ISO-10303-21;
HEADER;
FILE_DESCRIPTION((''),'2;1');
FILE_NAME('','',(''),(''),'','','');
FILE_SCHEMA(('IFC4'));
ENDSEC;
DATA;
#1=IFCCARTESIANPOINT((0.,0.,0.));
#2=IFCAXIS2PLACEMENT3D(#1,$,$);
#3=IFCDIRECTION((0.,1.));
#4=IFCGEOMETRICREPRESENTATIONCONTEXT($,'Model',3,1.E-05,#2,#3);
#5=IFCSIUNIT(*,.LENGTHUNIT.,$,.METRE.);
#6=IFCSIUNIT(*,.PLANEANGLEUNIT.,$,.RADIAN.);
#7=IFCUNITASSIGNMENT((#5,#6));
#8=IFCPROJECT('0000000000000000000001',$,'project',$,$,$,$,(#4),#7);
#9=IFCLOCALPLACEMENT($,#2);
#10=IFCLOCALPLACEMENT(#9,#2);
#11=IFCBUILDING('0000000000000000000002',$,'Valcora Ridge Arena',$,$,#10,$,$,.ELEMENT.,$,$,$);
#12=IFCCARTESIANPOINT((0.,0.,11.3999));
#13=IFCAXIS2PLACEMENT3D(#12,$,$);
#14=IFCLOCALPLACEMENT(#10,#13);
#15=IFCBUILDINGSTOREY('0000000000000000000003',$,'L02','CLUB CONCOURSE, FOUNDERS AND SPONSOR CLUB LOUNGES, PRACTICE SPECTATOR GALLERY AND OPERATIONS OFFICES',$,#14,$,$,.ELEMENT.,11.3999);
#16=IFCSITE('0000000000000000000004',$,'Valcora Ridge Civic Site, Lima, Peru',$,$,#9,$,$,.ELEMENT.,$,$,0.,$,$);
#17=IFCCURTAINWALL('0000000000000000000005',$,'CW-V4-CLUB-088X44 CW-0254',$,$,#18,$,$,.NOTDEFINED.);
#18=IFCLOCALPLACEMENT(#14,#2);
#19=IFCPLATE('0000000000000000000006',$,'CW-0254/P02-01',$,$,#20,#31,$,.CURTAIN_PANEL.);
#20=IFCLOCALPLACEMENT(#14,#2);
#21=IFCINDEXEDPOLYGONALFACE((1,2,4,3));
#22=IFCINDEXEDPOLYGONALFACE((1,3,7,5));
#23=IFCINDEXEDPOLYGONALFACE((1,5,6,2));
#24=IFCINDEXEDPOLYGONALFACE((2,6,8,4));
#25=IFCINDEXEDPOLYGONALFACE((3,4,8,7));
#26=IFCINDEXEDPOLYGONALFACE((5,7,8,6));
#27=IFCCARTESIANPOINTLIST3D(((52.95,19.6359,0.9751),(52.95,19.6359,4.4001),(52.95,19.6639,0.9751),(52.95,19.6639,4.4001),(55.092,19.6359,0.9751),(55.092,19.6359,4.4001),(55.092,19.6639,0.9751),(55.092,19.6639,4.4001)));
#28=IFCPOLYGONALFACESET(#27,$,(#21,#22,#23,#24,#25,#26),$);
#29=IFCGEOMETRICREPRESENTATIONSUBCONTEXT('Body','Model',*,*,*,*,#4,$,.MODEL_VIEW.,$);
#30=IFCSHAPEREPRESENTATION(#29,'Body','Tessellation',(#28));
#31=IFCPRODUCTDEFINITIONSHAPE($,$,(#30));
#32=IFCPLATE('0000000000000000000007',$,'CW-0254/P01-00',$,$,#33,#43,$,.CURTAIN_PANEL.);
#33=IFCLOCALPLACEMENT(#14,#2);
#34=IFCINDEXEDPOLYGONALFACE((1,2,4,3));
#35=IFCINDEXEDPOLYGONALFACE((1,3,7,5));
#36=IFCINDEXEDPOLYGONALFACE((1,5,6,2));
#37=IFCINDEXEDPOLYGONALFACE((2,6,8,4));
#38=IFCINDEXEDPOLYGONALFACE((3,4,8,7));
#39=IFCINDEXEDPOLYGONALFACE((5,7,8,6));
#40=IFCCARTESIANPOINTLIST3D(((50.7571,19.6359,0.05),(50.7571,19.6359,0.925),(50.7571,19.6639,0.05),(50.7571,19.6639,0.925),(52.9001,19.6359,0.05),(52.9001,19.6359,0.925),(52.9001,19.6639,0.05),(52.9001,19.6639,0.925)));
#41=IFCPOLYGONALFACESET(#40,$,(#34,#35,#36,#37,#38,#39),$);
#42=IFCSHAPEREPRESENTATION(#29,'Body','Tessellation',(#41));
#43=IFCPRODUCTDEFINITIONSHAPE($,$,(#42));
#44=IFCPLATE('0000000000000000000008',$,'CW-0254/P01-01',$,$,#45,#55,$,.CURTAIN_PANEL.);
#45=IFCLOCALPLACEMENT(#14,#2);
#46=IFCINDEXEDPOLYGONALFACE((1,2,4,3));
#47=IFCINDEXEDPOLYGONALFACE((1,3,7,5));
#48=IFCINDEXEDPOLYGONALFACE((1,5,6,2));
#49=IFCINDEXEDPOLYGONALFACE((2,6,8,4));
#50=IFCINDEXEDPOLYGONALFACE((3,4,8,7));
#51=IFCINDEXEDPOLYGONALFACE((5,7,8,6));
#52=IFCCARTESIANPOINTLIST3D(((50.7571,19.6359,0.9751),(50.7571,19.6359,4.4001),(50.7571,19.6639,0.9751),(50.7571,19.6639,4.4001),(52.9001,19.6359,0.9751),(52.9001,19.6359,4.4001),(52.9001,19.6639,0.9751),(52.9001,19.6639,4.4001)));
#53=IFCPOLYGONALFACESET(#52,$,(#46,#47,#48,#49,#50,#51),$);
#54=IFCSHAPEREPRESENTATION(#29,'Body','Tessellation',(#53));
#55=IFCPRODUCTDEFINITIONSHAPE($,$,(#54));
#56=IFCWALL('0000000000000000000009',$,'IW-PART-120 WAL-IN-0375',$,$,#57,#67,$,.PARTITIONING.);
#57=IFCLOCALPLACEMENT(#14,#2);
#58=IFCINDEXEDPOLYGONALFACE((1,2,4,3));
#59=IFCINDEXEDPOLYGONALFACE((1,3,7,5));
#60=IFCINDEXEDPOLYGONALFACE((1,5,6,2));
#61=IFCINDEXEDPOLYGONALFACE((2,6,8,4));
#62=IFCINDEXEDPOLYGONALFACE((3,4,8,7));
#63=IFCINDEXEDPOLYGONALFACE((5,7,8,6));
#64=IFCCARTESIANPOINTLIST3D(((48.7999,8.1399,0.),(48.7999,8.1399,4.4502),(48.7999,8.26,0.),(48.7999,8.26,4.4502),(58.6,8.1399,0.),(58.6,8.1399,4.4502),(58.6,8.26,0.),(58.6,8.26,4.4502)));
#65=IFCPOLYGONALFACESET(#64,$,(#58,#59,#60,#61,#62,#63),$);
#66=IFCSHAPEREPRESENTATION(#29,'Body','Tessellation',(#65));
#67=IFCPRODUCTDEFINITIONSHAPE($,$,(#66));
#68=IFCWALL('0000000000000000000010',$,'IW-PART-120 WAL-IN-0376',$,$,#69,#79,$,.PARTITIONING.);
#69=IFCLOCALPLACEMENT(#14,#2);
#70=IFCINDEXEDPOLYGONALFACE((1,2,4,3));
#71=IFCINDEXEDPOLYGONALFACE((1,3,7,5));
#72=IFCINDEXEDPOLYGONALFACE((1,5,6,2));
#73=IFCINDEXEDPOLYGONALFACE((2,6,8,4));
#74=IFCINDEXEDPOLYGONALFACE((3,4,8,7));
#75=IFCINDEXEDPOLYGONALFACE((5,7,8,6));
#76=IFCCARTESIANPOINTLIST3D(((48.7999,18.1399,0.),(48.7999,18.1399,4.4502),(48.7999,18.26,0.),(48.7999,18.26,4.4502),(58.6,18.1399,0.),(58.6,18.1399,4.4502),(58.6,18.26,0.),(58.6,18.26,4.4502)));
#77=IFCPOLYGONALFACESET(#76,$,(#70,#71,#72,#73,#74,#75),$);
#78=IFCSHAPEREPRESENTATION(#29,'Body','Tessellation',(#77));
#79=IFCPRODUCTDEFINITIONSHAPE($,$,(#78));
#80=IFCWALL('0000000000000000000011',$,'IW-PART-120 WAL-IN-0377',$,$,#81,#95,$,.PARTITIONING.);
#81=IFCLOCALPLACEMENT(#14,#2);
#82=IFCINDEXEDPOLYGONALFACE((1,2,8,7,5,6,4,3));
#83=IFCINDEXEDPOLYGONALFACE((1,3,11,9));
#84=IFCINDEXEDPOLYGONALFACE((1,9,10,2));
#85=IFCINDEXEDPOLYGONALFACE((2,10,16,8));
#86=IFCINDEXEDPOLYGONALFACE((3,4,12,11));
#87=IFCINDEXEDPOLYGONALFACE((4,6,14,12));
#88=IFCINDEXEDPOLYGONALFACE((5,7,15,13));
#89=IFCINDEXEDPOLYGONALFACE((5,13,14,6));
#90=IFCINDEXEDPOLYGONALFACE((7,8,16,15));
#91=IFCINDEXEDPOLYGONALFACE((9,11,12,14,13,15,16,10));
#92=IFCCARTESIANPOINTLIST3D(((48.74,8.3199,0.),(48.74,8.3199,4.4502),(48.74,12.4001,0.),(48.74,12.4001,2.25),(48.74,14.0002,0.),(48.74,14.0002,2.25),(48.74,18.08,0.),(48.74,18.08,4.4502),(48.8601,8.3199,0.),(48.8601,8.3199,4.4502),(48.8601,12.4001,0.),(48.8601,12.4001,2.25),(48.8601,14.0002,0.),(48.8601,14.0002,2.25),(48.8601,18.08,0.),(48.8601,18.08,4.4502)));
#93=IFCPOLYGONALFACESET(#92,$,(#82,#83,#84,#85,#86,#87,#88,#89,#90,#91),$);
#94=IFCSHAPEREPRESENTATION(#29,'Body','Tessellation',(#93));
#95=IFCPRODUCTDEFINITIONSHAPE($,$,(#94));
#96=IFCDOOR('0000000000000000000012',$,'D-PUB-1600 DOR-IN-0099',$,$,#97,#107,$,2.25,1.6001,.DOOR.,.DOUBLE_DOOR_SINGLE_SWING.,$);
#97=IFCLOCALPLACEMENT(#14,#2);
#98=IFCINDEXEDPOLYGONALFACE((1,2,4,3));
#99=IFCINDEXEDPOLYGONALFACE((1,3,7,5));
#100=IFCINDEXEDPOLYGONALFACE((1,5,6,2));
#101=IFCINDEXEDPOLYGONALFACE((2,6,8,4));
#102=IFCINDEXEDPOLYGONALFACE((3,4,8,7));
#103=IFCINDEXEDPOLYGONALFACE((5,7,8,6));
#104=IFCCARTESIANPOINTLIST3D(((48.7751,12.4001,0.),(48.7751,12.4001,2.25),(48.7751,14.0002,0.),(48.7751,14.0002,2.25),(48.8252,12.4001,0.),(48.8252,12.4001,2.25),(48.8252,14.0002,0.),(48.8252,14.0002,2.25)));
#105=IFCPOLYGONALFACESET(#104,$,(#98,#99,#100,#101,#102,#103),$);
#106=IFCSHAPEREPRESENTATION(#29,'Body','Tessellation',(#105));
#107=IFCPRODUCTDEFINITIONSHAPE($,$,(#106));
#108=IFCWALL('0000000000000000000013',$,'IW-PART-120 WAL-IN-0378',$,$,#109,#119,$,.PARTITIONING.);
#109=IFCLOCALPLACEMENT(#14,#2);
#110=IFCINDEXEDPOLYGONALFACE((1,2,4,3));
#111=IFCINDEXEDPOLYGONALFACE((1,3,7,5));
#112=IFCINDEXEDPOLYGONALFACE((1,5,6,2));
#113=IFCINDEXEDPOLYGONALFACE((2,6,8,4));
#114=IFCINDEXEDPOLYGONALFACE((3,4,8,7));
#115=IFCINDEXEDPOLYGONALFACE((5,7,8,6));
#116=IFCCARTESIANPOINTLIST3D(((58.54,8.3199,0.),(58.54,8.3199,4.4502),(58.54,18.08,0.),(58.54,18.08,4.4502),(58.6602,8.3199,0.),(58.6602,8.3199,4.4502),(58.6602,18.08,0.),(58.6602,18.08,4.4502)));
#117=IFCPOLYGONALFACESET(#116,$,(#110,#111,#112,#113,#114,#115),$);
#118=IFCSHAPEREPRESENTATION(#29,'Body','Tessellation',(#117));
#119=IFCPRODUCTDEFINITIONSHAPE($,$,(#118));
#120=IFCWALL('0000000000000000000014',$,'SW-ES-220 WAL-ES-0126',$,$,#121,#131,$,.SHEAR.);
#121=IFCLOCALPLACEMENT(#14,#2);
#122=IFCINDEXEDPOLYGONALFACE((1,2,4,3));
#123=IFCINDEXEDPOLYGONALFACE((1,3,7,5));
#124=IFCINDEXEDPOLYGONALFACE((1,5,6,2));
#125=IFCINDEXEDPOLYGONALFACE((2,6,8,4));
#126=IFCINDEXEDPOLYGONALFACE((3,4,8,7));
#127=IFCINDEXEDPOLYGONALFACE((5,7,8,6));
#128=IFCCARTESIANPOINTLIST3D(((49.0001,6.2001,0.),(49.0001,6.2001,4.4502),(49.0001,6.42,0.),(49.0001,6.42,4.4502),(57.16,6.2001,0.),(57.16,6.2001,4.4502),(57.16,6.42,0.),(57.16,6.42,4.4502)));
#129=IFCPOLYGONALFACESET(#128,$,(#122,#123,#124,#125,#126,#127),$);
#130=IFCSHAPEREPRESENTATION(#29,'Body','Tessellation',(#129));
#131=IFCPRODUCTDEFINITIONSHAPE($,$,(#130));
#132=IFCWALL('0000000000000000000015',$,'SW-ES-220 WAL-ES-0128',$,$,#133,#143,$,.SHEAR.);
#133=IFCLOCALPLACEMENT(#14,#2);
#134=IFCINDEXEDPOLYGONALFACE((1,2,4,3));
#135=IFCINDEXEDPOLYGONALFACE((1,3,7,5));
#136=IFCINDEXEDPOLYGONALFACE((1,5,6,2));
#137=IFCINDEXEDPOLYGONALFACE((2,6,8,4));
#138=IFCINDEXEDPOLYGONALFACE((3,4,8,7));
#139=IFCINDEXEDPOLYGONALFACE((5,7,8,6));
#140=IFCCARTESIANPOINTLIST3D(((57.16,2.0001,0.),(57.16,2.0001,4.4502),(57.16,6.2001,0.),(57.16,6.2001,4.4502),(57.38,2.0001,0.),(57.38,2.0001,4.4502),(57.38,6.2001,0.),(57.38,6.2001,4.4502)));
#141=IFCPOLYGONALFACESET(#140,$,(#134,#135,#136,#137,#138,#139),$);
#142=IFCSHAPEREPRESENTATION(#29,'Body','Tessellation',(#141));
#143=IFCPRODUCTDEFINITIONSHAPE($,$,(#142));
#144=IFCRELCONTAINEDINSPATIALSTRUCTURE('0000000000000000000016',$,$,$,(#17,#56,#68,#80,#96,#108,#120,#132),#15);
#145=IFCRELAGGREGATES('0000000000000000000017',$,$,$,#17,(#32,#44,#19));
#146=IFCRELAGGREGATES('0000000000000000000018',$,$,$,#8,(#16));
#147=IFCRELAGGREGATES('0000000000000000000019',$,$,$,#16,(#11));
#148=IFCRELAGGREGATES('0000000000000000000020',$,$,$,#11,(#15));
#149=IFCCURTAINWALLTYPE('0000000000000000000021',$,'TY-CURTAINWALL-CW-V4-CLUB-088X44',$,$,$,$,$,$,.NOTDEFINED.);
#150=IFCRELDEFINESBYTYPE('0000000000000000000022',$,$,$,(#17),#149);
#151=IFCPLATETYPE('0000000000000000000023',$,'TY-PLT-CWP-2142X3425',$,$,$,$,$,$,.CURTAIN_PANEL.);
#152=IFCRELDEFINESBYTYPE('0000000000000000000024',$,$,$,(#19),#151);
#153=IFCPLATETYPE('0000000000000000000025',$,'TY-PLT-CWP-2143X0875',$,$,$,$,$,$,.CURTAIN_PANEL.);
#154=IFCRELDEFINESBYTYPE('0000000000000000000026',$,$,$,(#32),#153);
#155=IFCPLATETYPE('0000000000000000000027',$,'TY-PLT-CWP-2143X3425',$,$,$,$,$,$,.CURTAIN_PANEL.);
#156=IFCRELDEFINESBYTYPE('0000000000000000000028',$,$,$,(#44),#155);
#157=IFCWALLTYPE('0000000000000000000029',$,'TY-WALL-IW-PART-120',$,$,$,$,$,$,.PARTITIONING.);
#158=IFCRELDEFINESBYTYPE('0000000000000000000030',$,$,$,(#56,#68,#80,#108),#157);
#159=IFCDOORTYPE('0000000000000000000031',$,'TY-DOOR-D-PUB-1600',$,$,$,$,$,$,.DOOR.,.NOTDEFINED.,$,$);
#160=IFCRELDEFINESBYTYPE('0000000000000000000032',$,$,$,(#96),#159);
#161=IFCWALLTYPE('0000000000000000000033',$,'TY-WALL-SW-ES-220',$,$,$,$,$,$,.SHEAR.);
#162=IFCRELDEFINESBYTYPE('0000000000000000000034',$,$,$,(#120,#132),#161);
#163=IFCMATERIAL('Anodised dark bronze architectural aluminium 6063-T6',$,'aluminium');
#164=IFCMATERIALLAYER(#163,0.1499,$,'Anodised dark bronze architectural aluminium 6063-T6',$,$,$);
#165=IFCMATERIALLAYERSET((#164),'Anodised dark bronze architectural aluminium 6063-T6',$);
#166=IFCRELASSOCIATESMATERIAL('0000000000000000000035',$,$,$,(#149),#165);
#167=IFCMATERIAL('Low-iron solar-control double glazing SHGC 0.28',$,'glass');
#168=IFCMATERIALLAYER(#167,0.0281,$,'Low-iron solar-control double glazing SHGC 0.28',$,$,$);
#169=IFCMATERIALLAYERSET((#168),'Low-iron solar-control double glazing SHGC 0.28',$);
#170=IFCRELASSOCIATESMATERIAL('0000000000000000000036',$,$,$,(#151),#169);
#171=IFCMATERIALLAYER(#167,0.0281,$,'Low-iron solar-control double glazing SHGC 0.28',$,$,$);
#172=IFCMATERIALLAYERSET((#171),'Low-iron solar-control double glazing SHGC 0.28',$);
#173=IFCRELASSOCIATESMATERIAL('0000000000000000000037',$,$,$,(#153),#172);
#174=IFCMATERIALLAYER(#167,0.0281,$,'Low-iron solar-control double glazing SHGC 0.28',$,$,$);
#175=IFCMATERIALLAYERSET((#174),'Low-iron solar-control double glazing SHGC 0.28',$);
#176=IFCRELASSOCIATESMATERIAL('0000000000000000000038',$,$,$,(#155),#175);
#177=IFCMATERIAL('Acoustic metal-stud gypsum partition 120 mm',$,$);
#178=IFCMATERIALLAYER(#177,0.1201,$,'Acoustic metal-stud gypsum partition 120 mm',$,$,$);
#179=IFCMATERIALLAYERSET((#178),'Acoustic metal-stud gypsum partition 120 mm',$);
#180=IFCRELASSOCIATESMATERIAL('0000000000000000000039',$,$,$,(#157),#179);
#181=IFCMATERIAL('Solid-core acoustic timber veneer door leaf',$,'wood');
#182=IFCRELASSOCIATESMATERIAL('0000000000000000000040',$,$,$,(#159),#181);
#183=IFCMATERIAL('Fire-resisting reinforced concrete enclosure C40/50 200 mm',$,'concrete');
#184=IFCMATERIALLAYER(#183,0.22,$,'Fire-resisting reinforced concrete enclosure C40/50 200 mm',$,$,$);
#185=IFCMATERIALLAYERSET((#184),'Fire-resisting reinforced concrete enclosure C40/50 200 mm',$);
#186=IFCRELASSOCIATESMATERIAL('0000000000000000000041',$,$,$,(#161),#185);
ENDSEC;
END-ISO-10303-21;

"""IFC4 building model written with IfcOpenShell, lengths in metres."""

from ifc_helpers import new_model, si_unit, direction, frame, frame_2d, origin, origin_2d, place, context, subcontext, project, spatial, rectangle, extrude, material, layer, layer_set, type_object, element, fill, aggregate, save


model = new_model("IFC4")

# Units and contexts
model_context = context("Model", 3, precision=1e-05, world=origin(), true_north=direction((0.0, 1.0)))
body_context = subcontext(model_context, "Body", "Model", "MODEL_VIEW")
ifc_project = project(units=[si_unit("LENGTHUNIT", "METRE"), si_unit("PLANEANGLEUNIT", "RADIAN")], contexts=[model_context])

# Site, building, storey
site_placement = place(None, origin())
site = spatial("IfcSite", under=ifc_project, at=site_placement, Name="Valcora Ridge Civic Site, Lima, Peru", CompositionType="ELEMENT", RefElevation=0.0)
building_placement = place(site_placement, origin())
building = spatial("IfcBuilding", under=site, at=building_placement, Name="Valcora Ridge Arena", CompositionType="ELEMENT")
storey_placement = place(building_placement, frame((0.0, 0.0, 11.3999)))
storey = spatial("IfcBuildingStorey", under=building, at=storey_placement, Name="L02", Description="CLUB CONCOURSE, FOUNDERS AND SPONSOR CLUB LOUNGES, PRACTICE SPECTATOR GALLERY AND OPERATIONS OFFICES", CompositionType="ELEMENT", Elevation=11.3999)

# Curtain wall
ifc_material_1 = material(Name="Anodised dark bronze architectural aluminium 6063-T6", Category="aluminium")
ifc_layer_1 = layer(ifc_material_1, 0.1499, Name="Anodised dark bronze architectural aluminium 6063-T6")
ifc_layer_set_1 = layer_set([ifc_layer_1], Name="Anodised dark bronze architectural aluminium 6063-T6")
curtain_wall_type_1 = type_object("IfcCurtainWallType", Name="TY-CURTAINWALL-CW-V4-CLUB-088X44", PredefinedType="NOTDEFINED", material=ifc_layer_set_1)
curtain_wall_1_placement = place(storey_placement, origin())
curtain_wall_1 = element("IfcCurtainWall", 1, at=curtain_wall_1_placement, inside=storey, type_object=curtain_wall_type_1, Name="CW-V4-CLUB-088X44 CW-0254", PredefinedType="NOTDEFINED")

# Shared definitions
ifc_material_2 = material(Name="Low-iron solar-control double glazing SHGC 0.28", Category="glass")

# Plates
ifc_layer_2 = layer(ifc_material_2, 0.0281, Name="Low-iron solar-control double glazing SHGC 0.28")
ifc_layer_set_2 = layer_set([ifc_layer_2], Name="Low-iron solar-control double glazing SHGC 0.28")
plate_type_1 = type_object("IfcPlateType", Name="TY-PLT-CWP-2142X3425", PredefinedType="CURTAIN_PANEL", material=ifc_layer_set_2)
plate_1_placement = place(storey_placement, frame((54.021, 19.6499, 0.9751), z_axis=(0.0, 0.0, 1.0), x_axis=(1.0, 0.0, 0.0)))
plate_1 = element("IfcPlate", 2, at=plate_1_placement, type_object=plate_type_1, Name="CW-0254/P02-01", PredefinedType="CURTAIN_PANEL", context=body_context, shape_type="SweptSolid", body=[
    extrude(rectangle(XDim=2.1421, YDim=0.0281, at=origin_2d()), origin(), (0.0, 0.0, 1.0), 3.425),
])
ifc_layer_3 = layer(ifc_material_2, 0.0281, Name="Low-iron solar-control double glazing SHGC 0.28")
ifc_layer_set_3 = layer_set([ifc_layer_3], Name="Low-iron solar-control double glazing SHGC 0.28")
plate_type_2 = type_object("IfcPlateType", Name="TY-PLT-CWP-2143X0875", PredefinedType="CURTAIN_PANEL", material=ifc_layer_set_3)
plate_2_placement = place(storey_placement, frame((51.8286, 19.6499, 0.05), z_axis=(0.0, 0.0, 1.0), x_axis=(1.0, 0.0, 0.0)))
plate_2 = element("IfcPlate", 3, at=plate_2_placement, type_object=plate_type_2, Name="CW-0254/P01-00", PredefinedType="CURTAIN_PANEL", context=body_context, shape_type="SweptSolid", body=[
    extrude(rectangle(XDim=2.1431, YDim=0.0281, at=origin_2d()), origin(), (0.0, 0.0, 1.0), 0.875),
])
ifc_layer_4 = layer(ifc_material_2, 0.0281, Name="Low-iron solar-control double glazing SHGC 0.28")
ifc_layer_set_4 = layer_set([ifc_layer_4], Name="Low-iron solar-control double glazing SHGC 0.28")
plate_type_3 = type_object("IfcPlateType", Name="TY-PLT-CWP-2143X3425", PredefinedType="CURTAIN_PANEL", material=ifc_layer_set_4)
plate_3_placement = place(storey_placement, frame((51.8286, 19.6499, 0.9751), z_axis=(0.0, 0.0, 1.0), x_axis=(1.0, 0.0, 0.0)))
plate_3 = element("IfcPlate", 4, at=plate_3_placement, type_object=plate_type_3, Name="CW-0254/P01-01", PredefinedType="CURTAIN_PANEL", context=body_context, shape_type="SweptSolid", body=[
    extrude(rectangle(XDim=2.1431, YDim=0.0281, at=origin_2d()), origin(), (0.0, 0.0, 1.0), 3.425),
])
aggregate(curtain_wall_1, [plate_2, plate_3, plate_1])

# Walls
ifc_material_3 = material(Name="Acoustic metal-stud gypsum partition 120 mm")
ifc_layer_5 = layer(ifc_material_3, 0.1201, Name="Acoustic metal-stud gypsum partition 120 mm")
ifc_layer_set_5 = layer_set([ifc_layer_5], Name="Acoustic metal-stud gypsum partition 120 mm")
wall_type_1 = type_object("IfcWallType", Name="TY-WALL-IW-PART-120", PredefinedType="PARTITIONING", material=ifc_layer_set_5)
for number, where, z_axis, x_axis, name in (
    (5, (48.8, 8.2, 0.0), (0.0, 0.0, 1.0), (1.0, 0.0, 0.0), "IW-PART-120 WAL-IN-0375"),
    (6, (48.8, 18.2, 0.0), (0.0, 0.0, 1.0), (1.0, 0.0, 0.0), "IW-PART-120 WAL-IN-0376"),
):
    element("IfcWall", number, at=place(storey_placement, frame(where, z_axis=z_axis, x_axis=x_axis)), inside=storey, type_object=wall_type_1, Name=name, PredefinedType="PARTITIONING", context=body_context, shape_type="SweptSolid", body=[
        extrude(rectangle(XDim=9.8, YDim=0.1201, at=frame_2d((4.8999, 0.0))), origin(), (0.0, 0.0, 1.0), 4.4502),
    ])

# Wall, opening, door
wall_1_placement = place(storey_placement, frame((48.8, 8.3201, 0.0), z_axis=(0.0, 0.0, 1.0), x_axis=(0.0, 1.0, 0.0)))
wall_1 = element("IfcWall", 7, at=wall_1_placement, inside=storey, type_object=wall_type_1, Name="IW-PART-120 WAL-IN-0377", PredefinedType="PARTITIONING", context=body_context, shape_type="SweptSolid", body=[
    extrude(rectangle(XDim=9.76, YDim=0.1201, at=frame_2d((4.8799, 0.0))), origin(), (0.0, 0.0, 1.0), 4.4502),
])
opening_placement = place(wall_1_placement, frame((4.0801, 0.0, 0.0)))
opening = element("IfcOpeningElement", 8, at=opening_placement, cuts=wall_1, PredefinedType="OPENING", context=body_context, shape_type="SweptSolid", body=[
    extrude(rectangle(XDim=1.6001, YDim=2.25, at=frame_2d((0.8, 1.125))), frame((0.0, 0.0701, 0.0), z_axis=(0.0, -1.0, 0.0), x_axis=(1.0, 0.0, 0.0)), (0.0, 0.0, 1.0), 0.1401),
])
ifc_material_4 = material(Name="Solid-core acoustic timber veneer door leaf", Category="wood")
door_type = type_object("IfcDoorType", Name="TY-DOOR-D-PUB-1600", OperationType="NOTDEFINED", PredefinedType="DOOR", material=ifc_material_4)
door_placement = place(opening_placement, origin())
door = element("IfcDoor", 9, at=door_placement, inside=storey, type_object=door_type, Name="D-PUB-1600 DOR-IN-0099", OperationType="DOUBLE_DOOR_SINGLE_SWING", OverallHeight=2.25, OverallWidth=1.6001, PredefinedType="DOOR", context=body_context, shape_type="SweptSolid", body=[
    extrude(rectangle(XDim=1.6001, YDim=2.25, at=frame_2d((0.8, 1.125))), frame((0.0, 0.0249, 0.0), z_axis=(0.0, -1.0, 0.0), x_axis=(1.0, 0.0, 0.0)), (0.0, 0.0, 1.0), 0.05),
])
fill(opening, door)

# Walls
wall_2_placement = place(storey_placement, frame((58.6001, 8.3201, 0.0), z_axis=(0.0, 0.0, 1.0), x_axis=(0.0, 1.0, 0.0)))
element("IfcWall", 10, at=wall_2_placement, inside=storey, type_object=wall_type_1, Name="IW-PART-120 WAL-IN-0378", PredefinedType="PARTITIONING", context=body_context, shape_type="SweptSolid", body=[
    extrude(rectangle(XDim=9.76, YDim=0.1201, at=frame_2d((4.8799, 0.0))), origin(), (0.0, 0.0, 1.0), 4.4502),
])
ifc_material_5 = material(Name="Fire-resisting reinforced concrete enclosure C40/50 200 mm", Category="concrete")
ifc_layer_6 = layer(ifc_material_5, 0.22, Name="Fire-resisting reinforced concrete enclosure C40/50 200 mm")
ifc_layer_set_6 = layer_set([ifc_layer_6], Name="Fire-resisting reinforced concrete enclosure C40/50 200 mm")
wall_type_2 = type_object("IfcWallType", Name="TY-WALL-SW-ES-220", PredefinedType="SHEAR", material=ifc_layer_set_6)
wall_3_placement = place(storey_placement, frame((49.0, 6.3101, 0.0), z_axis=(0.0, 0.0, 1.0), x_axis=(1.0, 0.0, 0.0)))
element("IfcWall", 11, at=wall_3_placement, inside=storey, type_object=wall_type_2, Name="SW-ES-220 WAL-ES-0126", PredefinedType="SHEAR", context=body_context, shape_type="SweptSolid", body=[
    extrude(rectangle(XDim=8.1599, YDim=0.22, at=frame_2d((4.0801, 0.0))), origin(), (0.0, 0.0, 1.0), 4.4502),
])
wall_4_placement = place(storey_placement, frame((57.27, 2.0, 0.0), z_axis=(0.0, 0.0, 1.0), x_axis=(0.0, 1.0, 0.0)))
element("IfcWall", 12, at=wall_4_placement, inside=storey, type_object=wall_type_2, Name="SW-ES-220 WAL-ES-0128", PredefinedType="SHEAR", context=body_context, shape_type="SweptSolid", body=[
    extrude(rectangle(XDim=4.2, YDim=0.22, at=frame_2d((2.1001, 0.0))), origin(), (0.0, 0.0, 1.0), 4.4502),
])

save(model, "model.ifc")
